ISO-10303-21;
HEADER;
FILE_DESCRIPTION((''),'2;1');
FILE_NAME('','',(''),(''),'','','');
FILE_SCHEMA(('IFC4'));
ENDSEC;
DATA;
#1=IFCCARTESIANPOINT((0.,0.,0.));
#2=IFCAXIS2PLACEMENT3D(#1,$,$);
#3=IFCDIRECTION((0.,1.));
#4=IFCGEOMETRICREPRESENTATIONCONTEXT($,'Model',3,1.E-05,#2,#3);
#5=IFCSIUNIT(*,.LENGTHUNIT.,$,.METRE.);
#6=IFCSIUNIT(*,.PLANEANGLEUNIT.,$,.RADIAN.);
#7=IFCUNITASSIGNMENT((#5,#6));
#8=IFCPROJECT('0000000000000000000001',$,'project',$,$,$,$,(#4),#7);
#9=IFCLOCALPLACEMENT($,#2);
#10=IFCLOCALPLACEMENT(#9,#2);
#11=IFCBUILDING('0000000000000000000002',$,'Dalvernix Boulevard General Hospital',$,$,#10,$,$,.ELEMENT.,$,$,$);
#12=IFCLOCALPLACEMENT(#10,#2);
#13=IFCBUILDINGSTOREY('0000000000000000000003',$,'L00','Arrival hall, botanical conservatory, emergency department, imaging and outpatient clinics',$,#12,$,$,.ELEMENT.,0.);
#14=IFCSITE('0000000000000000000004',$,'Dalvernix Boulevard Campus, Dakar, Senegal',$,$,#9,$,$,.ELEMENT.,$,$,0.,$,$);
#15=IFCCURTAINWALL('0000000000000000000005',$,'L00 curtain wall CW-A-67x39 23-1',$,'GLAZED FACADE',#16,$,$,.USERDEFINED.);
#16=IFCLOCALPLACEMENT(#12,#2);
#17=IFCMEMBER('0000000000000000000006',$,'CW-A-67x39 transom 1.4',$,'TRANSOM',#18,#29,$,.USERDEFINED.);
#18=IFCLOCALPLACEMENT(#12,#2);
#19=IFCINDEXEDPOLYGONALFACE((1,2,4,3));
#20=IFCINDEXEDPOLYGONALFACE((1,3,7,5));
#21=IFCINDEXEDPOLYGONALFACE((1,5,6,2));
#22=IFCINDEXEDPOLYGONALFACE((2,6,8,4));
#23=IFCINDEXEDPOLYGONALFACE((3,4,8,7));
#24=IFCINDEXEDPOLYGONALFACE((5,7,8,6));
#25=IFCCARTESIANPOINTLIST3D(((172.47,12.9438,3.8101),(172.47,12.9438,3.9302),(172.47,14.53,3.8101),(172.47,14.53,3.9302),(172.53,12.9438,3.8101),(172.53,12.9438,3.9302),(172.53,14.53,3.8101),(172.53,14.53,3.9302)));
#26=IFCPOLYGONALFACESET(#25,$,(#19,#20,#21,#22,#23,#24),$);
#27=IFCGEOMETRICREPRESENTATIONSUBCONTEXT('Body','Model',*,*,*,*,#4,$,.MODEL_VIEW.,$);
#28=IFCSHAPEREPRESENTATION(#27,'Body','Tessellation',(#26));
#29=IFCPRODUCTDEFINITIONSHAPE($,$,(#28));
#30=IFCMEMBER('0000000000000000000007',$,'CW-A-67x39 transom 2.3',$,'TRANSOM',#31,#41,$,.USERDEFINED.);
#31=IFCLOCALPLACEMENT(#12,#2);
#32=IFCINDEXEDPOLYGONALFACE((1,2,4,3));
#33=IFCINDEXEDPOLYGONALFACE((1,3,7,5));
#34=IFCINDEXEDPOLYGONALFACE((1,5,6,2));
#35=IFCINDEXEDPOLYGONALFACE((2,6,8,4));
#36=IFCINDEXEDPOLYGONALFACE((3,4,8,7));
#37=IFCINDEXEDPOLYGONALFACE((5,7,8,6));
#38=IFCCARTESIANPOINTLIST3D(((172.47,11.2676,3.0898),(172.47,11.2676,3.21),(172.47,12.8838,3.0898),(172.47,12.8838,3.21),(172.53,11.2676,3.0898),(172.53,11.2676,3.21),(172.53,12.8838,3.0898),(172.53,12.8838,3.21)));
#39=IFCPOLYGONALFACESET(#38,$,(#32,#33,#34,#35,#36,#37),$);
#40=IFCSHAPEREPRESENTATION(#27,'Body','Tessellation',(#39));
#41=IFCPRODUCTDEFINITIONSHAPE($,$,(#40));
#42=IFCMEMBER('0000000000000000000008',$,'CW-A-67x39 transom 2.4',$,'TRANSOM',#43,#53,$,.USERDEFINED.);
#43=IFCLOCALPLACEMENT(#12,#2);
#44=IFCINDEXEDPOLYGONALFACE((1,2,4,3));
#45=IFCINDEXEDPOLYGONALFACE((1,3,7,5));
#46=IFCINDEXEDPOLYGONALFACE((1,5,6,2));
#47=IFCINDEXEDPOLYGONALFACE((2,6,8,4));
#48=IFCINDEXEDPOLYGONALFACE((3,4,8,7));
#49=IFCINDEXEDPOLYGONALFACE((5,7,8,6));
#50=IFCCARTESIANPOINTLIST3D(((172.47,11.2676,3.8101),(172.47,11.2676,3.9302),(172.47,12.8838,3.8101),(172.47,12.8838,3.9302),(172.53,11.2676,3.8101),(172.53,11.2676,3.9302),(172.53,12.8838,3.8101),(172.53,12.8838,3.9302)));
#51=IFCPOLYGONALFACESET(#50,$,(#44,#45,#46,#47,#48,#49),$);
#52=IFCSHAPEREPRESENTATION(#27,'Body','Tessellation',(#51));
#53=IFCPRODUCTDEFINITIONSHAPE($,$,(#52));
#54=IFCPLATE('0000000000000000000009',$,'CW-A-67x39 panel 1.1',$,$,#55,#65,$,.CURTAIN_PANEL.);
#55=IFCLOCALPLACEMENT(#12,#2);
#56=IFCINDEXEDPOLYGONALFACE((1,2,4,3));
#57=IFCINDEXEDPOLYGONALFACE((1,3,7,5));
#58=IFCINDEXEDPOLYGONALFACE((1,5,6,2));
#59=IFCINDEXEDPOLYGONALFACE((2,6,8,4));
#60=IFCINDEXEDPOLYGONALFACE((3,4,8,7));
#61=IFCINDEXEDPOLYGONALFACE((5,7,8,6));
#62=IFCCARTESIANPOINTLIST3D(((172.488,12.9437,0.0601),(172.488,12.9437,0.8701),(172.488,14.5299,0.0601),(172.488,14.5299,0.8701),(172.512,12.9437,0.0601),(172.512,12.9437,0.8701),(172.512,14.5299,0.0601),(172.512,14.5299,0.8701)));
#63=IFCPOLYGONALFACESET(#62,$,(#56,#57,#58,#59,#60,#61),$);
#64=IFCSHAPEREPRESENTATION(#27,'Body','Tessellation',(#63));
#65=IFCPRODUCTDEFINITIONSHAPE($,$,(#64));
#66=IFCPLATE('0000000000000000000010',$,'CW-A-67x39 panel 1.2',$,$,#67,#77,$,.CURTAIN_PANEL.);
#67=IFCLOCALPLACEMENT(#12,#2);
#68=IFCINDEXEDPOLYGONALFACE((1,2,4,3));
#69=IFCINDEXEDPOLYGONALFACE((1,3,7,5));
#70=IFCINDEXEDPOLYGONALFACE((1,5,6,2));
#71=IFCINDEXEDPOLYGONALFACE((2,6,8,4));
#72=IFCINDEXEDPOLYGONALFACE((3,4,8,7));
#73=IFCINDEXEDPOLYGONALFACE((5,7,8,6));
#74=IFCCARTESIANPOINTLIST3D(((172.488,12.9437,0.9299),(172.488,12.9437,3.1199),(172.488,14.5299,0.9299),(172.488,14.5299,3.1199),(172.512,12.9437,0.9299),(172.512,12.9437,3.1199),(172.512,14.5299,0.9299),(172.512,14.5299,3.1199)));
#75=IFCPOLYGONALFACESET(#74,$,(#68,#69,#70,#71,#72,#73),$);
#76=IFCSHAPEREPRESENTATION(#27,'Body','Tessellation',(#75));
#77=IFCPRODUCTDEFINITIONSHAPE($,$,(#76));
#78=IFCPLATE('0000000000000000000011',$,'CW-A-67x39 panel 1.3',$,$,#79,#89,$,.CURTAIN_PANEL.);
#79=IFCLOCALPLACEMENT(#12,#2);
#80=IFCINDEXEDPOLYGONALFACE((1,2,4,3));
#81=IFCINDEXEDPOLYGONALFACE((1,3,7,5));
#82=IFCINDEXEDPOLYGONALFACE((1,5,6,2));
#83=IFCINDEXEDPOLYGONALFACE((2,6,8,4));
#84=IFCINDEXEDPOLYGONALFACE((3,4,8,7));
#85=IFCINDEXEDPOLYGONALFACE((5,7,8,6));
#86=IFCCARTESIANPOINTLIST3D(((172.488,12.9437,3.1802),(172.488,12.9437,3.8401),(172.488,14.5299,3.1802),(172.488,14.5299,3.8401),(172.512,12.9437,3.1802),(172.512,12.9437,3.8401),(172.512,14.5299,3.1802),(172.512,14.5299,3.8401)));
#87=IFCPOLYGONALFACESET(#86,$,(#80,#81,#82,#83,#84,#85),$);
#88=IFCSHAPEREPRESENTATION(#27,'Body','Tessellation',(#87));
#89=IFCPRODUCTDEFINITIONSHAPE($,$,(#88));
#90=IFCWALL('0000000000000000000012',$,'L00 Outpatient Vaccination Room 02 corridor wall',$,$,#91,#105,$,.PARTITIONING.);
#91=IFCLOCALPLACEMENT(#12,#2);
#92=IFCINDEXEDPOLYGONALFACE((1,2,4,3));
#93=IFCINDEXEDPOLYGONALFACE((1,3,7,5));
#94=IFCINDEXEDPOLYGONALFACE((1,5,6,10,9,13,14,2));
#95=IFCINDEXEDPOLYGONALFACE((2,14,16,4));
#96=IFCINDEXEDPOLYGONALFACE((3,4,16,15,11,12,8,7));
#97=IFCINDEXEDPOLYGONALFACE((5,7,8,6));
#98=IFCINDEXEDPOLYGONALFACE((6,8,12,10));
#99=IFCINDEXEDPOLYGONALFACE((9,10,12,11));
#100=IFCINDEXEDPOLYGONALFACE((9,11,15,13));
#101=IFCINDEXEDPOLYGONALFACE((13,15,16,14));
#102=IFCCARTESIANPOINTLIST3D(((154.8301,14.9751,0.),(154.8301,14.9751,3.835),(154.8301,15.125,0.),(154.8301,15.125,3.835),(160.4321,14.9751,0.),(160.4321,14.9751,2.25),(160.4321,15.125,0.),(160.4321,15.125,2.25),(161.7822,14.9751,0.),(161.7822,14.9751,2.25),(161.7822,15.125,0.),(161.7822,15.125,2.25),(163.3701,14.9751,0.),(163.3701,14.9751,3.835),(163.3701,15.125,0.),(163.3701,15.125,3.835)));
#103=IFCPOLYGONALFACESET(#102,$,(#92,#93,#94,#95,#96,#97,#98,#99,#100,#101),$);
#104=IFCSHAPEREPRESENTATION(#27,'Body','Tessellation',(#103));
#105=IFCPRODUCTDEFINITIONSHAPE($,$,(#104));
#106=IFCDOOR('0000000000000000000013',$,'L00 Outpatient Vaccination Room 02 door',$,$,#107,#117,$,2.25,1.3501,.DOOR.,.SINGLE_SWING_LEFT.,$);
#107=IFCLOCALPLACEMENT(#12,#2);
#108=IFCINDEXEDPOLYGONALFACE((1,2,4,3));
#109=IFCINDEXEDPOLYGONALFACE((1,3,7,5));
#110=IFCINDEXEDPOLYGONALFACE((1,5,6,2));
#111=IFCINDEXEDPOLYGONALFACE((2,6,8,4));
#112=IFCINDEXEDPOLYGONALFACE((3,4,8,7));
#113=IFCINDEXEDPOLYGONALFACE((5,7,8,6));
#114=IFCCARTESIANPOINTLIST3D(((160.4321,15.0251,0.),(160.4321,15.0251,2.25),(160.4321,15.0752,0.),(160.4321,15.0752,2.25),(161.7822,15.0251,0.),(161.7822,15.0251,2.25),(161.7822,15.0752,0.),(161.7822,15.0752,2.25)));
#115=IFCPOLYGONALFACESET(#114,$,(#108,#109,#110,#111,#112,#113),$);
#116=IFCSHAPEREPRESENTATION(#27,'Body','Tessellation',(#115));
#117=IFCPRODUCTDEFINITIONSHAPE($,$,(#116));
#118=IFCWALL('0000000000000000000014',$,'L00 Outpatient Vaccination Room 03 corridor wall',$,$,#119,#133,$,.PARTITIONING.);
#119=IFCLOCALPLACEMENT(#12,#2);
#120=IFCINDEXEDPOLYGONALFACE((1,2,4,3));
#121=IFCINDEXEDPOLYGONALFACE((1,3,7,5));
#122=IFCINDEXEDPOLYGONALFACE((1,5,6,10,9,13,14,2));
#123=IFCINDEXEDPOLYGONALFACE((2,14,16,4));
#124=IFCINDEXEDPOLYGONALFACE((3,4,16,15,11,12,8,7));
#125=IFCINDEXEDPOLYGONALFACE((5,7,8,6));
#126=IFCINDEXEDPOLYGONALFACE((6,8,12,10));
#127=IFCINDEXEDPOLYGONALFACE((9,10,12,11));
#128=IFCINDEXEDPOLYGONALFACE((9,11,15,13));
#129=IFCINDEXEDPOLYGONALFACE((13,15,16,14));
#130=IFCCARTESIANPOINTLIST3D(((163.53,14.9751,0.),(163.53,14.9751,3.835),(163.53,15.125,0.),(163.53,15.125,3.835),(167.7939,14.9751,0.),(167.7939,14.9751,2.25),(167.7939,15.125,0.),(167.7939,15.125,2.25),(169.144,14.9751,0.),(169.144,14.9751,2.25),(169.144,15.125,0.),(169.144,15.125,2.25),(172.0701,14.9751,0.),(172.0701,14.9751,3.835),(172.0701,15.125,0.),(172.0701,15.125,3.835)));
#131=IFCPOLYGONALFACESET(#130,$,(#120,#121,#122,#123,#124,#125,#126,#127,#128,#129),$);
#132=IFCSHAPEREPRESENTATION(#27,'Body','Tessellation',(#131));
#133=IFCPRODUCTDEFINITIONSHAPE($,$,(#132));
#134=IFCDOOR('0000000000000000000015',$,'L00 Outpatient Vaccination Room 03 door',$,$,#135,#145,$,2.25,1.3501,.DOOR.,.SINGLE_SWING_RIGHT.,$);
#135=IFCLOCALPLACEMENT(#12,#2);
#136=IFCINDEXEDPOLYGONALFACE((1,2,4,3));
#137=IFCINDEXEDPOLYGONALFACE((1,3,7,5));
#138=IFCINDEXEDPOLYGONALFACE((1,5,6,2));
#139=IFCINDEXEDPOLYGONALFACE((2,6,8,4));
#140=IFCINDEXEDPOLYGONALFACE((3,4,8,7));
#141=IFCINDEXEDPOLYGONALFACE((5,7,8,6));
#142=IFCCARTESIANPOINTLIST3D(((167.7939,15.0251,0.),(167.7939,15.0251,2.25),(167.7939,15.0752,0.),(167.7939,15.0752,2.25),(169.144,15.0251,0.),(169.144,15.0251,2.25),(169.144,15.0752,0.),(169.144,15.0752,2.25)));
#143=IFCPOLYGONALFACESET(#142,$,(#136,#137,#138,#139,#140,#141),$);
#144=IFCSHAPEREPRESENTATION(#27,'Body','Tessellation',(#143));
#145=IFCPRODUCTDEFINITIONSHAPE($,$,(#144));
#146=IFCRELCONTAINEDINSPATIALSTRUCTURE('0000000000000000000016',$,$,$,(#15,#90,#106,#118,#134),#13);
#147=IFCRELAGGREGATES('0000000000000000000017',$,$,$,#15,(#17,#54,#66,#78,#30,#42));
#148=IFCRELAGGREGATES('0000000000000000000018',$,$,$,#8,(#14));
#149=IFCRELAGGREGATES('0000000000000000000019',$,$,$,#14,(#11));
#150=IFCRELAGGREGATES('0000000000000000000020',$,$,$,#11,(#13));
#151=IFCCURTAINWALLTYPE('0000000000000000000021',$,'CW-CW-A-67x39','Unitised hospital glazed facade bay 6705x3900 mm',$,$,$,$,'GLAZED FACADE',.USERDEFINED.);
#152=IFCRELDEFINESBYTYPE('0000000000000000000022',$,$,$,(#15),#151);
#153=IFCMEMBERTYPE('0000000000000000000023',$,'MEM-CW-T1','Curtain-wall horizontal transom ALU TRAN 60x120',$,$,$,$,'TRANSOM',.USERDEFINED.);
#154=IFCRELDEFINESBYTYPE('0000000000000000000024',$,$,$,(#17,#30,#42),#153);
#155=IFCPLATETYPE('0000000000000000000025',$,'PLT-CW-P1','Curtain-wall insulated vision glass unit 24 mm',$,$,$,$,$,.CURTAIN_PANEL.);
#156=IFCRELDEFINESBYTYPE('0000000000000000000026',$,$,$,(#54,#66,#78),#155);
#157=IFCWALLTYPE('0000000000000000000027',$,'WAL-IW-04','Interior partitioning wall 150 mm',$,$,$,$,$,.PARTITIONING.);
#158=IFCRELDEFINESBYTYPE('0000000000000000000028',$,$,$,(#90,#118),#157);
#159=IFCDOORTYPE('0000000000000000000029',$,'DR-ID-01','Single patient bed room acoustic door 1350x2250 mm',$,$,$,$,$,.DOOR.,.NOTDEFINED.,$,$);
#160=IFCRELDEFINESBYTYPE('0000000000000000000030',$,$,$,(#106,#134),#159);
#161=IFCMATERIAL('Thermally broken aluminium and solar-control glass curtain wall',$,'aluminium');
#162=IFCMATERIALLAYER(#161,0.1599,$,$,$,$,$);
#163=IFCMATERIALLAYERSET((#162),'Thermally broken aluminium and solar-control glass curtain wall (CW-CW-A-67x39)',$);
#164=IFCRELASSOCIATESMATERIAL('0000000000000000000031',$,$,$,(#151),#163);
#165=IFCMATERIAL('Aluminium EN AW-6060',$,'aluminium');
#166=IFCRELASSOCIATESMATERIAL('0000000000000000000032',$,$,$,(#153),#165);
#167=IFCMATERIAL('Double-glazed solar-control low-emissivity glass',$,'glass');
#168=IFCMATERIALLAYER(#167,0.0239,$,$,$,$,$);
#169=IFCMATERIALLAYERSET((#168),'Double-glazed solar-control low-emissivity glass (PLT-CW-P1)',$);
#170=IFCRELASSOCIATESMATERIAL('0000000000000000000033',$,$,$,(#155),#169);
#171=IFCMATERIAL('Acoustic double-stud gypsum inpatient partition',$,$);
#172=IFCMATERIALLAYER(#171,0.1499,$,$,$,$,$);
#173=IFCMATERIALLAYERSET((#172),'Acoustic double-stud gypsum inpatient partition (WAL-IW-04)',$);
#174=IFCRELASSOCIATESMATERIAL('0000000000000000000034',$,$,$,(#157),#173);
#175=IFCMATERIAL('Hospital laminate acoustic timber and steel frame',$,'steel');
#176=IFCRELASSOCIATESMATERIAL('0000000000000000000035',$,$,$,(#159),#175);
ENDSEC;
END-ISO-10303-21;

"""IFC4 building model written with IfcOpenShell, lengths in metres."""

from ifc_helpers import new_model, si_unit, direction, frame, frame_2d, origin, origin_2d, place, context, subcontext, project, spatial, rectangle, extrude, material, layer, layer_set, material_profile, profile_set, type_object, element, fill, aggregate, save


model = new_model("IFC4")

# Units and contexts
model_context = context("Model", 3, precision=1e-05, world=origin(), true_north=direction((0.0, 1.0)))
body_context = subcontext(model_context, "Body", "Model", "MODEL_VIEW")
ifc_project = project(units=[si_unit("LENGTHUNIT", "METRE"), si_unit("PLANEANGLEUNIT", "RADIAN")], contexts=[model_context])

# Site, building, storey
site_placement = place(None, origin())
site = spatial("IfcSite", under=ifc_project, at=site_placement, Name="Dalvernix Boulevard Campus, Dakar, Senegal", CompositionType="ELEMENT", RefElevation=0.0)
building_placement = place(site_placement, origin())
building = spatial("IfcBuilding", under=site, at=building_placement, Name="Dalvernix Boulevard General Hospital", CompositionType="ELEMENT")
storey_placement = place(building_placement, origin())
storey = spatial("IfcBuildingStorey", under=building, at=storey_placement, Name="L00", Description="Arrival hall, botanical conservatory, emergency department, imaging and outpatient clinics", CompositionType="ELEMENT", Elevation=0.0)

# Curtain wall, members, plates
ifc_material_1 = material(Name="Thermally broken aluminium and solar-control glass curtain wall", Category="aluminium")
ifc_layer_1 = layer(ifc_material_1, 0.1599)
ifc_layer_set_1 = layer_set([ifc_layer_1], Name="Thermally broken aluminium and solar-control glass curtain wall (CW-CW-A-67x39)")
curtain_wall_type = type_object("IfcCurtainWallType", Name="CW-CW-A-67x39", Description="Unitised hospital glazed facade bay 6705x3900 mm", ElementType="GLAZED FACADE", PredefinedType="USERDEFINED", material=ifc_layer_set_1)
curtain_wall_placement = place(storey_placement, origin())
curtain_wall = element("IfcCurtainWall", 1, at=curtain_wall_placement, inside=storey, type_object=curtain_wall_type, Name="L00 curtain wall CW-A-67x39 23-1", ObjectType="GLAZED FACADE", PredefinedType="USERDEFINED")
ifc_material_2 = material(Name="Aluminium EN AW-6060", Category="aluminium")
ifc_material_profile_1 = material_profile(ifc_material_2, rectangle(XDim=0.0601, YDim=0.1201, at=origin_2d()), Name="ALU TRAN 60x120")
ifc_profile_set_1 = profile_set([ifc_material_profile_1], Name="Aluminium EN AW-6060")
member_type_1 = type_object("IfcMemberType", Name="MEM-CW-T1", Description="Curtain-wall horizontal transom ALU TRAN 60x120", ElementType="TRANSOM", PredefinedType="USERDEFINED", material=ifc_profile_set_1)
member_1_placement = place(storey_placement, frame((172.5, 14.53, 3.8701), z_axis=(0.0, -1.0, 0.0), x_axis=(1.0, 0.0, 0.0)))
member_1 = element("IfcMember", 2, at=member_1_placement, type_object=member_type_1, Name="CW-A-67x39 transom 1.4", ObjectType="TRANSOM", PredefinedType="USERDEFINED", context=body_context, shape_type="SweptSolid", body=[
    extrude(rectangle(XDim=0.0601, YDim=0.1201, at=origin_2d()), origin(), (0.0, 0.0, 1.0), 1.5862),
])
member_2_placement = place(storey_placement, frame((172.5, 12.8838, 3.1499), z_axis=(0.0, -1.0, 0.0), x_axis=(1.0, 0.0, 0.0)))
member_2 = element("IfcMember", 3, at=member_2_placement, type_object=member_type_1, Name="CW-A-67x39 transom 2.3", ObjectType="TRANSOM", PredefinedType="USERDEFINED", context=body_context, shape_type="SweptSolid", body=[
    extrude(rectangle(XDim=0.0601, YDim=0.1201, at=origin_2d()), origin(), (0.0, 0.0, 1.0), 1.6162),
])
member_3_placement = place(storey_placement, frame((172.5, 12.8838, 3.8701), z_axis=(0.0, -1.0, 0.0), x_axis=(1.0, 0.0, 0.0)))
member_3 = element("IfcMember", 4, at=member_3_placement, type_object=member_type_1, Name="CW-A-67x39 transom 2.4", ObjectType="TRANSOM", PredefinedType="USERDEFINED", context=body_context, shape_type="SweptSolid", body=[
    extrude(rectangle(XDim=0.0601, YDim=0.1201, at=origin_2d()), origin(), (0.0, 0.0, 1.0), 1.6162),
])
ifc_material_3 = material(Name="Double-glazed solar-control low-emissivity glass", Category="glass")
ifc_layer_2 = layer(ifc_material_3, 0.0239)
ifc_layer_set_2 = layer_set([ifc_layer_2], Name="Double-glazed solar-control low-emissivity glass (PLT-CW-P1)")
plate_type = type_object("IfcPlateType", Name="PLT-CW-P1", Description="Curtain-wall insulated vision glass unit 24 mm", PredefinedType="CURTAIN_PANEL", material=ifc_layer_set_2)
plate_1_placement = place(storey_placement, frame((172.5, 13.7368, 0.0601), z_axis=(0.0, 0.0, 1.0), x_axis=(0.0, -1.0, 0.0)))
plate_1 = element("IfcPlate", 5, at=plate_1_placement, type_object=plate_type, Name="CW-A-67x39 panel 1.1", PredefinedType="CURTAIN_PANEL", context=body_context, shape_type="SweptSolid", body=[
    extrude(rectangle(XDim=1.5862, YDim=0.0239, at=origin_2d()), origin(), (0.0, 0.0, 1.0), 0.8101),
])
plate_2_placement = place(storey_placement, frame((172.5, 13.7368, 0.9299), z_axis=(0.0, 0.0, 1.0), x_axis=(0.0, -1.0, 0.0)))
plate_2 = element("IfcPlate", 6, at=plate_2_placement, type_object=plate_type, Name="CW-A-67x39 panel 1.2", PredefinedType="CURTAIN_PANEL", context=body_context, shape_type="SweptSolid", body=[
    extrude(rectangle(XDim=1.5862, YDim=0.0239, at=origin_2d()), origin(), (0.0, 0.0, 1.0), 2.1899),
])
plate_3_placement = place(storey_placement, frame((172.5, 13.7368, 3.1802), z_axis=(0.0, 0.0, 1.0), x_axis=(0.0, -1.0, 0.0)))
plate_3 = element("IfcPlate", 7, at=plate_3_placement, type_object=plate_type, Name="CW-A-67x39 panel 1.3", PredefinedType="CURTAIN_PANEL", context=body_context, shape_type="SweptSolid", body=[
    extrude(rectangle(XDim=1.5862, YDim=0.0239, at=origin_2d()), origin(), (0.0, 0.0, 1.0), 0.6599),
])
aggregate(curtain_wall, [member_1, plate_1, plate_2, plate_3, member_2, member_3])

# Walls, openings, doors
ifc_material_4 = material(Name="Acoustic double-stud gypsum inpatient partition")
ifc_layer_3 = layer(ifc_material_4, 0.1499)
ifc_layer_set_3 = layer_set([ifc_layer_3], Name="Acoustic double-stud gypsum inpatient partition (WAL-IW-04)")
wall_type = type_object("IfcWallType", Name="WAL-IW-04", Description="Interior partitioning wall 150 mm", PredefinedType="PARTITIONING", material=ifc_layer_set_3)
wall_1_placement = place(storey_placement, frame((163.3701, 15.05, 0.0), z_axis=(0.0, 0.0, 1.0), x_axis=(-1.0, 0.0, 0.0)))
wall_1 = element("IfcWall", 8, at=wall_1_placement, inside=storey, type_object=wall_type, Name="L00 Outpatient Vaccination Room 02 corridor wall", PredefinedType="PARTITIONING", context=body_context, shape_type="SweptSolid", body=[
    extrude(rectangle(XDim=8.54, YDim=0.1499, at=frame_2d((4.27, 0.0))), origin(), (0.0, 0.0, 1.0), 3.835),
])
opening_1_placement = place(wall_1_placement, frame((1.5879, 0.0, 0.0)))
opening_1 = element("IfcOpeningElement", 9, at=opening_1_placement, cuts=wall_1, PredefinedType="OPENING", context=body_context, shape_type="SweptSolid", body=[
    extrude(rectangle(XDim=1.3501, YDim=2.25, at=frame_2d((0.675, 1.125))), frame((0.0, 0.085, 0.0), z_axis=(0.0, -1.0, 0.0), x_axis=(1.0, 0.0, 0.0)), (0.0, 0.0, 1.0), 0.1699),
])
ifc_material_5 = material(Name="Hospital laminate acoustic timber and steel frame", Category="steel")
door_type = type_object("IfcDoorType", Name="DR-ID-01", Description="Single patient bed room acoustic door 1350x2250 mm", OperationType="NOTDEFINED", PredefinedType="DOOR", material=ifc_material_5)
door_1_placement = place(opening_1_placement, origin())
door_1 = element("IfcDoor", 10, at=door_1_placement, inside=storey, type_object=door_type, Name="L00 Outpatient Vaccination Room 02 door", OperationType="SINGLE_SWING_LEFT", OverallHeight=2.25, OverallWidth=1.3501, PredefinedType="DOOR", context=body_context, shape_type="SweptSolid", body=[
    extrude(rectangle(XDim=1.3501, YDim=2.25, at=frame_2d((0.675, 1.125))), frame((0.0, 0.0249, 0.0), z_axis=(0.0, -1.0, 0.0), x_axis=(1.0, 0.0, 0.0)), (0.0, 0.0, 1.0), 0.05),
])
fill(opening_1, door_1)
wall_2_placement = place(storey_placement, frame((172.0701, 15.05, 0.0), z_axis=(0.0, 0.0, 1.0), x_axis=(-1.0, 0.0, 0.0)))
wall_2 = element("IfcWall", 11, at=wall_2_placement, inside=storey, type_object=wall_type, Name="L00 Outpatient Vaccination Room 03 corridor wall", PredefinedType="PARTITIONING", context=body_context, shape_type="SweptSolid", body=[
    extrude(rectangle(XDim=8.54, YDim=0.1499, at=frame_2d((4.27, 0.0))), origin(), (0.0, 0.0, 1.0), 3.835),
])
opening_2_placement = place(wall_2_placement, frame((2.926, 0.0, 0.0)))
opening_2 = element("IfcOpeningElement", 12, at=opening_2_placement, cuts=wall_2, PredefinedType="OPENING", context=body_context, shape_type="SweptSolid", body=[
    extrude(rectangle(XDim=1.3501, YDim=2.25, at=frame_2d((0.675, 1.125))), frame((0.0, 0.085, 0.0), z_axis=(0.0, -1.0, 0.0), x_axis=(1.0, 0.0, 0.0)), (0.0, 0.0, 1.0), 0.1699),
])
door_2_placement = place(opening_2_placement, origin())
door_2 = element("IfcDoor", 13, at=door_2_placement, inside=storey, type_object=door_type, Name="L00 Outpatient Vaccination Room 03 door", OperationType="SINGLE_SWING_RIGHT", OverallHeight=2.25, OverallWidth=1.3501, PredefinedType="DOOR", context=body_context, shape_type="SweptSolid", body=[
    extrude(rectangle(XDim=1.3501, YDim=2.25, at=frame_2d((0.675, 1.125))), frame((0.0, 0.0249, 0.0), z_axis=(0.0, -1.0, 0.0), x_axis=(1.0, 0.0, 0.0)), (0.0, 0.0, 1.0), 0.05),
])
fill(opening_2, door_2)

save(model, "model.ifc")
